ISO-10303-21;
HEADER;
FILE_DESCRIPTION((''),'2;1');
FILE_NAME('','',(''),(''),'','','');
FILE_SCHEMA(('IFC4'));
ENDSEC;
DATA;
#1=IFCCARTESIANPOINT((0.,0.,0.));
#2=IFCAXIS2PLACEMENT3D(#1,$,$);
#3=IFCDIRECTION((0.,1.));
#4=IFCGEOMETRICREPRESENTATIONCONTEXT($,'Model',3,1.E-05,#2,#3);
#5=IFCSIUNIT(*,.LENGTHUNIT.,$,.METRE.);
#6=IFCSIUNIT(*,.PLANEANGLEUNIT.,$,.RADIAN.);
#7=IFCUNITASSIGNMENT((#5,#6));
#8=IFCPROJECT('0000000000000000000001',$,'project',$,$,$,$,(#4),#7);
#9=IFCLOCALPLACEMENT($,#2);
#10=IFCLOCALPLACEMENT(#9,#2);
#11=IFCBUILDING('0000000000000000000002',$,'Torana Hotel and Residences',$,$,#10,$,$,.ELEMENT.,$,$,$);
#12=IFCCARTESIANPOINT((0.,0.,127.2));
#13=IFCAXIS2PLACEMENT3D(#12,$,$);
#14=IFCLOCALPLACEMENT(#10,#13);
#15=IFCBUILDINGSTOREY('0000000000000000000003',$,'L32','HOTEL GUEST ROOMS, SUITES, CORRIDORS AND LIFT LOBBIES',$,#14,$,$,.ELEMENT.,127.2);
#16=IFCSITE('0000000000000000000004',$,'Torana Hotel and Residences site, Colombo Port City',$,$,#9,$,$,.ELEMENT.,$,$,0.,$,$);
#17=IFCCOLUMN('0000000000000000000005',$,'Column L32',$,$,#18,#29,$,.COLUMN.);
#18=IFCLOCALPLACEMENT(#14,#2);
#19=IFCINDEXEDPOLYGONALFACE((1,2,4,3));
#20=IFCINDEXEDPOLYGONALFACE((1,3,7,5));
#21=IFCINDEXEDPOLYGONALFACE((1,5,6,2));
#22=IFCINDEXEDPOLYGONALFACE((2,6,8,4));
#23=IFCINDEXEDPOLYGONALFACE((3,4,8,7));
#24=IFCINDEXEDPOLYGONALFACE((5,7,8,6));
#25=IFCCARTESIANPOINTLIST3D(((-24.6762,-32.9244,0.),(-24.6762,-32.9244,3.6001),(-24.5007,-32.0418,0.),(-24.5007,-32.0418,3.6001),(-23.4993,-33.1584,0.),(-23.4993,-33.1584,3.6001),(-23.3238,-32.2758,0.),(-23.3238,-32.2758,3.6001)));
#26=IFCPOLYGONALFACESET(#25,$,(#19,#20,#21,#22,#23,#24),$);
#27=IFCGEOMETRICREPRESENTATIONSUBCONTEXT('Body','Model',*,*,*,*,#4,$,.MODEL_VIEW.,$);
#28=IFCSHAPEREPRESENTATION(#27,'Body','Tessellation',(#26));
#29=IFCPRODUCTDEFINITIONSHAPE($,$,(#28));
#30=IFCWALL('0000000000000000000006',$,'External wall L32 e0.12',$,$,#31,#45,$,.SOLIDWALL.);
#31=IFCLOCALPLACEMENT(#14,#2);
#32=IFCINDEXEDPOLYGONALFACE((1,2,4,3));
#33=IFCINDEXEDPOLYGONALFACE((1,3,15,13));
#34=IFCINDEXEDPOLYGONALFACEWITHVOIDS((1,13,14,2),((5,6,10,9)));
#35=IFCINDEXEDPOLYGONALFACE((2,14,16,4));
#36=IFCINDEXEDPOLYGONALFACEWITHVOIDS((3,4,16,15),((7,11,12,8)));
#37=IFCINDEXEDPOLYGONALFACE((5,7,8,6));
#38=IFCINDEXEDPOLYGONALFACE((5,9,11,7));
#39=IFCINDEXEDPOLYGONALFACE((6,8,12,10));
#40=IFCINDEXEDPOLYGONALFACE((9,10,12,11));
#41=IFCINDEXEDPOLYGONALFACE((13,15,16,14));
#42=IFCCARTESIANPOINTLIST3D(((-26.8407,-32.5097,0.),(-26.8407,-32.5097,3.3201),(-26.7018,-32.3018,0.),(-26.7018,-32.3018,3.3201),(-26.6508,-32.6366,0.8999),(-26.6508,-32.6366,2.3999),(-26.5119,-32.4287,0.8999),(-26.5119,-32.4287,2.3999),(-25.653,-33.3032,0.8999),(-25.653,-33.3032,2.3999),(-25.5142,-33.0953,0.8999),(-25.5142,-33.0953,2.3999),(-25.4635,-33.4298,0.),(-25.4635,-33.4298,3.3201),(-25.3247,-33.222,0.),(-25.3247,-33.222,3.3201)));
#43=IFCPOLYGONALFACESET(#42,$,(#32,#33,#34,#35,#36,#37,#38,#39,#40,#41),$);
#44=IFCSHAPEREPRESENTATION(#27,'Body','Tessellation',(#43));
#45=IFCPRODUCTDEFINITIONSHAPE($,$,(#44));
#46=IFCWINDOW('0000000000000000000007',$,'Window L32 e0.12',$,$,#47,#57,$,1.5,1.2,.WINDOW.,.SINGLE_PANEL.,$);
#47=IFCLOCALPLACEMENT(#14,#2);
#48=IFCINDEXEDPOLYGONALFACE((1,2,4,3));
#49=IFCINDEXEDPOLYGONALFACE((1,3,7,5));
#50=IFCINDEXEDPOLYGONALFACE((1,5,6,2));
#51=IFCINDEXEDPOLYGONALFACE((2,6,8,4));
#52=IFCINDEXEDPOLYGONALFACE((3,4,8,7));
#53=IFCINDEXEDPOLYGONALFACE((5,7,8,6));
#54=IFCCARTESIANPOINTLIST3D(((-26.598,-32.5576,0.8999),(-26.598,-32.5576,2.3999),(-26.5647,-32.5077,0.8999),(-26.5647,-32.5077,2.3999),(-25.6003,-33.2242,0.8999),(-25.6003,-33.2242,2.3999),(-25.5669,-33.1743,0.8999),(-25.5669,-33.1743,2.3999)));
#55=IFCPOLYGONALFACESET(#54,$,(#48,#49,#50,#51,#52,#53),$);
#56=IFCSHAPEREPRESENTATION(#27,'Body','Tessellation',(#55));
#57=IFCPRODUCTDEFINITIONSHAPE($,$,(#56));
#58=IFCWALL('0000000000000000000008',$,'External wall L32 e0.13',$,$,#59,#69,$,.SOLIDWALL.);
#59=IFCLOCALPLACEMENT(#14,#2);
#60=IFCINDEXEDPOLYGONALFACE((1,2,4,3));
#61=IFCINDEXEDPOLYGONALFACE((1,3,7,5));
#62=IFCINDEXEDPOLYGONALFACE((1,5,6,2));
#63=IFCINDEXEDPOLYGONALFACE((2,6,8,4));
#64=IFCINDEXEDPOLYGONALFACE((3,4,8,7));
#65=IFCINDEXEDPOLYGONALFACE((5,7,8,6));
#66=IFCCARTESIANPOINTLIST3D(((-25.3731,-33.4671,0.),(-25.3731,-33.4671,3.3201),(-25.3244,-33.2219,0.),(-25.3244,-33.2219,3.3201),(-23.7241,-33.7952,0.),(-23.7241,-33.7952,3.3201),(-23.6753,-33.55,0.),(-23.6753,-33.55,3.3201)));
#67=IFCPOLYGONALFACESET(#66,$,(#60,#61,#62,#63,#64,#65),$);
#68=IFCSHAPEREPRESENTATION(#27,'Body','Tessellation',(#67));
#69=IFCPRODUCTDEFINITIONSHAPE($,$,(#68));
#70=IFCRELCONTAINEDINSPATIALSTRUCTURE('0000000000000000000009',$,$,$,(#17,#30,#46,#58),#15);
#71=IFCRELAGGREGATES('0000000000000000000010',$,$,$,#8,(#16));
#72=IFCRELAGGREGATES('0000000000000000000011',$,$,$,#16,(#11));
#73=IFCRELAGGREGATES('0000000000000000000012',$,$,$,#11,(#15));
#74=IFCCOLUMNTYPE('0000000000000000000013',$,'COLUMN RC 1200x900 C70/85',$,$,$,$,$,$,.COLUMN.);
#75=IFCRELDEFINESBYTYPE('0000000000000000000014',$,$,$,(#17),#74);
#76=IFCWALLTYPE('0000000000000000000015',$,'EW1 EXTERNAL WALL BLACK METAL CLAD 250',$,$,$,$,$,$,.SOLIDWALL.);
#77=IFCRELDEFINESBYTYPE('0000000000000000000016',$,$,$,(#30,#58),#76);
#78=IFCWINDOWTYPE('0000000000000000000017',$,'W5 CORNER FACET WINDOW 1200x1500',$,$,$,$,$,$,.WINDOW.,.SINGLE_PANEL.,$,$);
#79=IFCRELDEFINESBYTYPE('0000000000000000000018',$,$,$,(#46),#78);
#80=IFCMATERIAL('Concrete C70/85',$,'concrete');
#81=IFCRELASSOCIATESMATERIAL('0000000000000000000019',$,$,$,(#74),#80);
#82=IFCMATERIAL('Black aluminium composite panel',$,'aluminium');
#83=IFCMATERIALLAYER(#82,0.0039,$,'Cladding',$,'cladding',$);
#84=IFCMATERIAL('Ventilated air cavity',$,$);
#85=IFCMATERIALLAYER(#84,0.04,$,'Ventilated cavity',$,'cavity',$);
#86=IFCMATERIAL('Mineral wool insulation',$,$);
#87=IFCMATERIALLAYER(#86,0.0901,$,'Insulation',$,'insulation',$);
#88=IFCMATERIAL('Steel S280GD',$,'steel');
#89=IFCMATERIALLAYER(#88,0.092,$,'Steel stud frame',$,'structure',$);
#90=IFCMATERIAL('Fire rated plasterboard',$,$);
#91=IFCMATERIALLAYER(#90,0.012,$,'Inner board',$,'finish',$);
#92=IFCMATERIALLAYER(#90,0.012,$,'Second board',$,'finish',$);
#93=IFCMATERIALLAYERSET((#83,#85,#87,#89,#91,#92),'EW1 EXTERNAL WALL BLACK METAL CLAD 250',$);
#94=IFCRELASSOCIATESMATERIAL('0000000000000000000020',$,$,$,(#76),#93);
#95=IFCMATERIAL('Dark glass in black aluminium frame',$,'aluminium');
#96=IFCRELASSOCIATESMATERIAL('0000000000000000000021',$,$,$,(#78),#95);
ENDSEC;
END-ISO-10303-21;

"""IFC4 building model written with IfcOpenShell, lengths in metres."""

from ifc_helpers import new_model, si_unit, direction, frame, frame_2d, origin, origin_2d, place, context, subcontext, project, spatial, rectangle, extrude, material, layer, layer_set, material_profile, profile_set, type_object, element, fill, save


model = new_model("IFC4")

# Units and contexts
model_context = context("Model", 3, precision=1e-05, world=origin(), true_north=direction((0.0, 1.0)))
body_context = subcontext(model_context, "Body", "Model", "MODEL_VIEW")
ifc_project = project(units=[si_unit("LENGTHUNIT", "METRE"), si_unit("PLANEANGLEUNIT", "RADIAN")], contexts=[model_context])

# Site, building, storey
site_placement = place(None, origin())
site = spatial("IfcSite", under=ifc_project, at=site_placement, Name="Torana Hotel and Residences site, Colombo Port City", CompositionType="ELEMENT", RefElevation=0.0)
building_placement = place(site_placement, origin())
building = spatial("IfcBuilding", under=site, at=building_placement, Name="Torana Hotel and Residences", CompositionType="ELEMENT")
storey_placement = place(building_placement, frame((0.0, 0.0, 127.2)))
storey = spatial("IfcBuildingStorey", under=building, at=storey_placement, Name="L32", Description="HOTEL GUEST ROOMS, SUITES, CORRIDORS AND LIFT LOBBIES", CompositionType="ELEMENT", Elevation=127.2)

# Column
ifc_material_1 = material(Name="Concrete C70/85", Category="concrete")
ifc_material_profile = material_profile(ifc_material_1, rectangle(XDim=1.2, YDim=0.8999, at=origin_2d()), Name="RC 1200x900")
ifc_profile_set = profile_set([ifc_material_profile], Name="Concrete C70/85")
column_type = type_object("IfcColumnType", Name="COLUMN RC 1200x900 C70/85", PredefinedType="COLUMN", material=ifc_profile_set)
column_placement = place(storey_placement, frame((-24.0, -32.6001, 0.0), z_axis=(0.0, 0.0, 1.0), x_axis=(-0.980792, 0.195056, 0.0)))
element("IfcColumn", 1, at=column_placement, inside=storey, type_object=column_type, Name="Column L32", PredefinedType="COLUMN", context=body_context, shape_type="SweptSolid", body=[
    extrude(rectangle(XDim=1.2, YDim=0.8999, at=origin_2d()), origin(), (0.0, 0.0, 1.0), 3.6001),
])

# Wall, opening, window
ifc_material_2 = material(Name="Black aluminium composite panel", Category="aluminium")
ifc_layer_1 = layer(ifc_material_2, 0.0039, Name="Cladding", Category="cladding")
ifc_material_3 = material(Name="Ventilated air cavity")
ifc_layer_2 = layer(ifc_material_3, 0.04, Name="Ventilated cavity", Category="cavity")
ifc_material_4 = material(Name="Mineral wool insulation")
ifc_layer_3 = layer(ifc_material_4, 0.0901, Name="Insulation", Category="insulation")
ifc_material_5 = material(Name="Steel S280GD", Category="steel")
ifc_layer_4 = layer(ifc_material_5, 0.092, Name="Steel stud frame", Category="structure")
ifc_material_6 = material(Name="Fire rated plasterboard")
ifc_layer_5 = layer(ifc_material_6, 0.012, Name="Inner board", Category="finish")
ifc_layer_6 = layer(ifc_material_6, 0.012, Name="Second board", Category="finish")
ifc_layer_set = layer_set([ifc_layer_1, ifc_layer_2, ifc_layer_3, ifc_layer_4, ifc_layer_5, ifc_layer_6], Name="EW1 EXTERNAL WALL BLACK METAL CLAD 250")
wall_type = type_object("IfcWallType", Name="EW1 EXTERNAL WALL BLACK METAL CLAD 250", PredefinedType="SOLIDWALL", material=ifc_layer_set)
wall_1_placement = place(storey_placement, frame((-26.7712, -32.4058, 0.0), z_axis=(0.0, 0.0, 1.0), x_axis=(0.831483, -0.55555, 0.0)))
wall_1 = element("IfcWall", 2, at=wall_1_placement, inside=storey, type_object=wall_type, Name="External wall L32 e0.12", PredefinedType="SOLIDWALL", context=body_context, shape_type="SweptSolid", body=[
    extrude(rectangle(XDim=1.6562, YDim=0.25, at=frame_2d((0.8281, 0.0))), origin(), (0.0, 0.0, 1.0), 3.3201),
])
opening_placement = place(wall_1_placement, frame((0.2283, 0.0, 0.8999)))
opening = element("IfcOpeningElement", 3, at=opening_placement, cuts=wall_1, PredefinedType="OPENING", context=body_context, shape_type="SweptSolid", body=[
    extrude(rectangle(XDim=1.2, YDim=1.5, at=frame_2d((0.6001, 0.75))), frame((0.0, 0.135, 0.0), z_axis=(0.0, -1.0, 0.0), x_axis=(1.0, 0.0, 0.0)), (0.0, 0.0, 1.0), 0.27),
])
ifc_material_7 = material(Name="Dark glass in black aluminium frame", Category="aluminium")
window_type = type_object("IfcWindowType", Name="W5 CORNER FACET WINDOW 1200x1500", PartitioningType="SINGLE_PANEL", PredefinedType="WINDOW", material=ifc_material_7)
window_placement = place(opening_placement, origin())
window = element("IfcWindow", 4, at=window_placement, inside=storey, type_object=window_type, Name="Window L32 e0.12", OverallHeight=1.5, OverallWidth=1.2, PartitioningType="SINGLE_PANEL", PredefinedType="WINDOW", context=body_context, shape_type="SweptSolid", body=[
    extrude(rectangle(XDim=1.2, YDim=1.5, at=frame_2d((0.6001, 0.75))), frame((0.0, 0.03, 0.0), z_axis=(0.0, -1.0, 0.0), x_axis=(1.0, 0.0, 0.0)), (0.0, 0.0, 1.0), 0.0601),
])
fill(opening, window)

# Wall
wall_2_placement = place(storey_placement, frame((-25.3489, -33.3445, 0.0), z_axis=(0.0, 0.0, 1.0), x_axis=(0.980776, -0.195139, 0.0)))
element("IfcWall", 5, at=wall_2_placement, inside=storey, type_object=wall_type, Name="External wall L32 e0.13", PredefinedType="SOLIDWALL", context=body_context, shape_type="SweptSolid", body=[
    extrude(rectangle(XDim=1.6814, YDim=0.25, at=frame_2d((0.8408, 0.0))), origin(), (0.0, 0.0, 1.0), 3.3201),
])

save(model, "model.ifc")
